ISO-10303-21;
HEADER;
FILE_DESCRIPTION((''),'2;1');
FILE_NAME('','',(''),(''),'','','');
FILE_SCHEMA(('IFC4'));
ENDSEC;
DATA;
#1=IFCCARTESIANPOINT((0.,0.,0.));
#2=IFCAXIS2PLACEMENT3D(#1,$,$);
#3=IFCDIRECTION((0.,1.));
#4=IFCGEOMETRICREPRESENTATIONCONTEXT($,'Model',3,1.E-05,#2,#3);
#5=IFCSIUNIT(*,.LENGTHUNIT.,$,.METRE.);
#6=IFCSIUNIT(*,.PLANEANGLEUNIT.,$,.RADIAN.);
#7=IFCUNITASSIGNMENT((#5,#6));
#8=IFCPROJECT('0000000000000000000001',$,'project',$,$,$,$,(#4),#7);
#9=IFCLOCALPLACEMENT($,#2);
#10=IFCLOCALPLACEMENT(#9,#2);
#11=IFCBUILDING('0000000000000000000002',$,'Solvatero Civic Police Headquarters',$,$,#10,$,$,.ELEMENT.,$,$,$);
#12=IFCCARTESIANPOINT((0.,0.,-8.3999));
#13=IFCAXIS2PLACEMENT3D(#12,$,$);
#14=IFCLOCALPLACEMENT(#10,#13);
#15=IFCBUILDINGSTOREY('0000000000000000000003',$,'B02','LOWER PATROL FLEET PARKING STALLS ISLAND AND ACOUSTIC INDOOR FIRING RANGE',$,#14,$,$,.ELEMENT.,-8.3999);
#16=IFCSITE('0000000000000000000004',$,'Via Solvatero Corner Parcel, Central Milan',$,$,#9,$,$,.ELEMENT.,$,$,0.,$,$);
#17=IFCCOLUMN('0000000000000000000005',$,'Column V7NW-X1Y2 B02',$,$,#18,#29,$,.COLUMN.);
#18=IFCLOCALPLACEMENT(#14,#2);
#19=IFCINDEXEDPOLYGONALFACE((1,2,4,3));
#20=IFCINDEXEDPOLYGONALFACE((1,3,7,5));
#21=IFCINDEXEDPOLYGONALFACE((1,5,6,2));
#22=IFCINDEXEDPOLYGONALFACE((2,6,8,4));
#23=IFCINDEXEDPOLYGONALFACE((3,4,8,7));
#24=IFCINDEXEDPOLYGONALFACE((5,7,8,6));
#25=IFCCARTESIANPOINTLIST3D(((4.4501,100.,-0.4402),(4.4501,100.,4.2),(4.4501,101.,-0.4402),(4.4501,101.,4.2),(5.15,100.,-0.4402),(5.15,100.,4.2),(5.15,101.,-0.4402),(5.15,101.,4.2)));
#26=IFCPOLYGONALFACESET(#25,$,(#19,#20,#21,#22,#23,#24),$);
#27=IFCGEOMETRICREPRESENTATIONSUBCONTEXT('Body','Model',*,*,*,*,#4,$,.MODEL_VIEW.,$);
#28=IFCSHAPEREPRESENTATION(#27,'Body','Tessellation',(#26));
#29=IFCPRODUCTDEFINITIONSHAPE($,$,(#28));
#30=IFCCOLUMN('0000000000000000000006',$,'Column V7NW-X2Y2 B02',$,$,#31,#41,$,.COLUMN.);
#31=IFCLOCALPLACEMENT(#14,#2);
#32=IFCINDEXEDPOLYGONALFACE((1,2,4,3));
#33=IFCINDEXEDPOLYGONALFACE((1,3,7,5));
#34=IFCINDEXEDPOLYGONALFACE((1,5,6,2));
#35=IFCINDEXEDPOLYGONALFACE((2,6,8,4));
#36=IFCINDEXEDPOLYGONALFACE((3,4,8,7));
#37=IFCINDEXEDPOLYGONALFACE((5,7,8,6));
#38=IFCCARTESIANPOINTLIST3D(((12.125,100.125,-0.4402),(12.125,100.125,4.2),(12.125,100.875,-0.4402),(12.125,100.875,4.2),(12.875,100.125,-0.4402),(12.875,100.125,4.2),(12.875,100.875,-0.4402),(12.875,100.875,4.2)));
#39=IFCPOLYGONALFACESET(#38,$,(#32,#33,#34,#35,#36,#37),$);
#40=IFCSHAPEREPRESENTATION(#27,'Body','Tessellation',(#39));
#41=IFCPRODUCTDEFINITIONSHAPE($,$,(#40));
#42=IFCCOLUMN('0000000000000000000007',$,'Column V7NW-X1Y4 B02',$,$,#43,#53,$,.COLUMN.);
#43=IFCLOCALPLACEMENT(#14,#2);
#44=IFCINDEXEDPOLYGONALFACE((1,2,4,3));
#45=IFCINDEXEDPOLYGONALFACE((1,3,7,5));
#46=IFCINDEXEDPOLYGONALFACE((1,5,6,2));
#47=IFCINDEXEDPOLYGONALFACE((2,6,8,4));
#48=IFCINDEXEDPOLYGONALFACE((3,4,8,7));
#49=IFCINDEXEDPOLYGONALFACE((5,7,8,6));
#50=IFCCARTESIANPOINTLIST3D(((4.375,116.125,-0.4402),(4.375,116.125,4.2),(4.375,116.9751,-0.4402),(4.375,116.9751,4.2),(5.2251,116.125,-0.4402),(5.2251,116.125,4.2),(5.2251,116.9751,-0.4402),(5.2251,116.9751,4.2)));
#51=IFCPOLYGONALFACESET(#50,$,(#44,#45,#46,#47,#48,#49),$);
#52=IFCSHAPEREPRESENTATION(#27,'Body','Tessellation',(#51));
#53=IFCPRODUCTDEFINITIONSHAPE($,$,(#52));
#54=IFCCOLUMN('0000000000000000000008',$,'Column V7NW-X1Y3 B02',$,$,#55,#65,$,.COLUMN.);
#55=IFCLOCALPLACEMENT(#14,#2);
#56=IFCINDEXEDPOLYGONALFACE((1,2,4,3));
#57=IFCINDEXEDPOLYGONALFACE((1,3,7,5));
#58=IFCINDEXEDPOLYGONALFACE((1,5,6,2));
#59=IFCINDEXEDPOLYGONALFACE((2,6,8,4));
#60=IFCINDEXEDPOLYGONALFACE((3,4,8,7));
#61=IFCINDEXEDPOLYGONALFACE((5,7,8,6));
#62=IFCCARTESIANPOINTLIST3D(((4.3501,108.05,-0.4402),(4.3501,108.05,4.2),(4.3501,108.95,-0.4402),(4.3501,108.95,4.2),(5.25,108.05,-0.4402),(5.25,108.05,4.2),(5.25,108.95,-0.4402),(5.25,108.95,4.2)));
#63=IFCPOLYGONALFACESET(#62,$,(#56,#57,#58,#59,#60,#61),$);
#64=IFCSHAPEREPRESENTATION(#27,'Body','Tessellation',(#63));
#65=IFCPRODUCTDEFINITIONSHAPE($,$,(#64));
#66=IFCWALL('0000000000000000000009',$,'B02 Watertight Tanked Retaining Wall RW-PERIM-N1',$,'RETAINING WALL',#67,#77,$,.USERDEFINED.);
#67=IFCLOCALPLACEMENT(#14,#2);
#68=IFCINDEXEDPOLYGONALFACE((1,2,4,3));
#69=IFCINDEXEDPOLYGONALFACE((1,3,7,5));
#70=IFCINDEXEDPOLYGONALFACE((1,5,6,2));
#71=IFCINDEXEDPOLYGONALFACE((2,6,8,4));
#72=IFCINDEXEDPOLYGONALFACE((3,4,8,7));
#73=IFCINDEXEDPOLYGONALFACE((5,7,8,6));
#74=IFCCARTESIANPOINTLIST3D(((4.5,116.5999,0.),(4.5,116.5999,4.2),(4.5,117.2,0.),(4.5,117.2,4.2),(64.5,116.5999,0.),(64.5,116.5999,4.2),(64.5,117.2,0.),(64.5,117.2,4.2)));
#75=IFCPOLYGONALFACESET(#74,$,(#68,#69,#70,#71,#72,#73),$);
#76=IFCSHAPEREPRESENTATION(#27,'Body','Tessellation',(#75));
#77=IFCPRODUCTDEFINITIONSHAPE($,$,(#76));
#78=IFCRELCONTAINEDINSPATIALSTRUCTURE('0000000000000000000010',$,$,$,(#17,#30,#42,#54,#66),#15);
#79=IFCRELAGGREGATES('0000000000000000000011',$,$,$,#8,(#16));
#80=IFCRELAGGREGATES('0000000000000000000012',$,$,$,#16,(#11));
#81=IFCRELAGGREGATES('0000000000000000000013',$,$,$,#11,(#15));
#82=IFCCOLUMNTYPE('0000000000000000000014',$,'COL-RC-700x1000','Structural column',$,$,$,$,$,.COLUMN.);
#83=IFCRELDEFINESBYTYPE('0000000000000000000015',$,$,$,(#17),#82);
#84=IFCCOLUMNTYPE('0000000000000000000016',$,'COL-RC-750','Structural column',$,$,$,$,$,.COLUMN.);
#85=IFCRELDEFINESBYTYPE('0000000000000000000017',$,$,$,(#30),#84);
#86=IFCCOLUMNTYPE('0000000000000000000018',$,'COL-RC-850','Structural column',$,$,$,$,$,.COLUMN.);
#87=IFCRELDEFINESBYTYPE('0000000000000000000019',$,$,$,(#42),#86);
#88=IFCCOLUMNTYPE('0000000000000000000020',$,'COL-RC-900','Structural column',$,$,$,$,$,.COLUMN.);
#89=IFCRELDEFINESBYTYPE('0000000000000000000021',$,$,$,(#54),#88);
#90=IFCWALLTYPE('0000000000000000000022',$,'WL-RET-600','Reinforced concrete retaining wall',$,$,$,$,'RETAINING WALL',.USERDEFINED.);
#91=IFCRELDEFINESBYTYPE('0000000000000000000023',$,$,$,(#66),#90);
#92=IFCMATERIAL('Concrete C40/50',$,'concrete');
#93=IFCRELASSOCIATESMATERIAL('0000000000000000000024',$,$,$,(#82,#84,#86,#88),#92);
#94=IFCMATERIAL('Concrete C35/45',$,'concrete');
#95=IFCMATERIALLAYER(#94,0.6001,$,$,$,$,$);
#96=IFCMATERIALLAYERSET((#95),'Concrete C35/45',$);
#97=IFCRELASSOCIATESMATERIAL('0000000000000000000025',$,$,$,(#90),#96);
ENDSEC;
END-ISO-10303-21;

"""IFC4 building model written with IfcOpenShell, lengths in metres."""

from ifc_helpers import new_model, si_unit, direction, frame, frame_2d, origin, origin_2d, place, context, subcontext, project, spatial, rectangle, extrude, material, layer, layer_set, material_profile, profile_set, type_object, element, save


model = new_model("IFC4")

# Units and contexts
model_context = context("Model", 3, precision=1e-05, world=origin(), true_north=direction((0.0, 1.0)))
body_context = subcontext(model_context, "Body", "Model", "MODEL_VIEW")
ifc_project = project(units=[si_unit("LENGTHUNIT", "METRE"), si_unit("PLANEANGLEUNIT", "RADIAN")], contexts=[model_context])

# Site, building, storey
site_placement = place(None, origin())
site = spatial("IfcSite", under=ifc_project, at=site_placement, Name="Via Solvatero Corner Parcel, Central Milan", CompositionType="ELEMENT", RefElevation=0.0)
building_placement = place(site_placement, origin())
building = spatial("IfcBuilding", under=site, at=building_placement, Name="Solvatero Civic Police Headquarters", CompositionType="ELEMENT")
storey_placement = place(building_placement, frame((0.0, 0.0, -8.3999)))
storey = spatial("IfcBuildingStorey", under=building, at=storey_placement, Name="B02", Description="LOWER PATROL FLEET PARKING STALLS ISLAND AND ACOUSTIC INDOOR FIRING RANGE", CompositionType="ELEMENT", Elevation=-8.3999)

# Shared definitions
ifc_material_1 = material(Name="Concrete C35/45", Category="concrete")

# Columns
ifc_material_2 = material(Name="Concrete C40/50", Category="concrete")
ifc_material_profile_1 = material_profile(ifc_material_2, rectangle(XDim=0.7, YDim=1.0, at=origin_2d()), Name="RC 700x1000")
ifc_profile_set_1 = profile_set([ifc_material_profile_1], Name="Concrete C40/50")
column_type_1 = type_object("IfcColumnType", Name="COL-RC-700x1000", Description="Structural column", PredefinedType="COLUMN", material=ifc_profile_set_1)
column_1_placement = place(storey_placement, frame((4.8, 100.5, -0.4402), z_axis=(0.0, 0.0, 1.0), x_axis=(1.0, 0.0, 0.0)))
element("IfcColumn", 1, at=column_1_placement, inside=storey, type_object=column_type_1, Name="Column V7NW-X1Y2 B02", PredefinedType="COLUMN", context=body_context, shape_type="SweptSolid", body=[
    extrude(rectangle(XDim=0.7, YDim=1.0, at=origin_2d()), origin(), (0.0, 0.0, 1.0), 4.6401),
])
ifc_material_profile_2 = material_profile(ifc_material_2, rectangle(XDim=0.75, YDim=0.75, at=origin_2d()), Name="RC 750x750")
ifc_profile_set_2 = profile_set([ifc_material_profile_2], Name="Concrete C40/50")
column_type_2 = type_object("IfcColumnType", Name="COL-RC-750", Description="Structural column", PredefinedType="COLUMN", material=ifc_profile_set_2)
column_2_placement = place(storey_placement, frame((12.5, 100.5, -0.4402), z_axis=(0.0, 0.0, 1.0), x_axis=(1.0, 0.0, 0.0)))
element("IfcColumn", 2, at=column_2_placement, inside=storey, type_object=column_type_2, Name="Column V7NW-X2Y2 B02", PredefinedType="COLUMN", context=body_context, shape_type="SweptSolid", body=[
    extrude(rectangle(XDim=0.75, YDim=0.75, at=origin_2d()), origin(), (0.0, 0.0, 1.0), 4.6401),
])
ifc_material_profile_3 = material_profile(ifc_material_2, rectangle(XDim=0.8501, YDim=0.8501, at=origin_2d()), Name="RC 850x850")
ifc_profile_set_3 = profile_set([ifc_material_profile_3], Name="Concrete C40/50")
column_type_3 = type_object("IfcColumnType", Name="COL-RC-850", Description="Structural column", PredefinedType="COLUMN", material=ifc_profile_set_3)
column_3_placement = place(storey_placement, frame((4.8, 116.55, -0.4402), z_axis=(0.0, 0.0, 1.0), x_axis=(1.0, 0.0, 0.0)))
element("IfcColumn", 3, at=column_3_placement, inside=storey, type_object=column_type_3, Name="Column V7NW-X1Y4 B02", PredefinedType="COLUMN", context=body_context, shape_type="SweptSolid", body=[
    extrude(rectangle(XDim=0.8501, YDim=0.8501, at=origin_2d()), origin(), (0.0, 0.0, 1.0), 4.6401),
])
ifc_material_profile_4 = material_profile(ifc_material_2, rectangle(XDim=0.8999, YDim=0.8999, at=origin_2d()), Name="RC 900x900")
ifc_profile_set_4 = profile_set([ifc_material_profile_4], Name="Concrete C40/50")
column_type_4 = type_object("IfcColumnType", Name="COL-RC-900", Description="Structural column", PredefinedType="COLUMN", material=ifc_profile_set_4)
column_4_placement = place(storey_placement, frame((4.8, 108.5, -0.4402), z_axis=(0.0, 0.0, 1.0), x_axis=(1.0, 0.0, 0.0)))
element("IfcColumn", 4, at=column_4_placement, inside=storey, type_object=column_type_4, Name="Column V7NW-X1Y3 B02", PredefinedType="COLUMN", context=body_context, shape_type="SweptSolid", body=[
    extrude(rectangle(XDim=0.8999, YDim=0.8999, at=origin_2d()), origin(), (0.0, 0.0, 1.0), 4.6401),
])

# Wall
ifc_layer = layer(ifc_material_1, 0.6001)
ifc_layer_set = layer_set([ifc_layer], Name="Concrete C35/45")
wall_type = type_object("IfcWallType", Name="WL-RET-600", Description="Reinforced concrete retaining wall", ElementType="RETAINING WALL", PredefinedType="USERDEFINED", material=ifc_layer_set)
wall_placement = place(storey_placement, frame((4.5, 116.8999, 0.0), z_axis=(0.0, 0.0, 1.0), x_axis=(1.0, 0.0, 0.0)))
element("IfcWall", 5, at=wall_placement, inside=storey, type_object=wall_type, Name="B02 Watertight Tanked Retaining Wall RW-PERIM-N1", ObjectType="RETAINING WALL", PredefinedType="USERDEFINED", context=body_context, shape_type="SweptSolid", body=[
    extrude(rectangle(XDim=60.0, YDim=0.6001, at=frame_2d((30.0, 0.0))), origin(), (0.0, 0.0, 1.0), 4.2),
])

save(model, "model.ifc")
